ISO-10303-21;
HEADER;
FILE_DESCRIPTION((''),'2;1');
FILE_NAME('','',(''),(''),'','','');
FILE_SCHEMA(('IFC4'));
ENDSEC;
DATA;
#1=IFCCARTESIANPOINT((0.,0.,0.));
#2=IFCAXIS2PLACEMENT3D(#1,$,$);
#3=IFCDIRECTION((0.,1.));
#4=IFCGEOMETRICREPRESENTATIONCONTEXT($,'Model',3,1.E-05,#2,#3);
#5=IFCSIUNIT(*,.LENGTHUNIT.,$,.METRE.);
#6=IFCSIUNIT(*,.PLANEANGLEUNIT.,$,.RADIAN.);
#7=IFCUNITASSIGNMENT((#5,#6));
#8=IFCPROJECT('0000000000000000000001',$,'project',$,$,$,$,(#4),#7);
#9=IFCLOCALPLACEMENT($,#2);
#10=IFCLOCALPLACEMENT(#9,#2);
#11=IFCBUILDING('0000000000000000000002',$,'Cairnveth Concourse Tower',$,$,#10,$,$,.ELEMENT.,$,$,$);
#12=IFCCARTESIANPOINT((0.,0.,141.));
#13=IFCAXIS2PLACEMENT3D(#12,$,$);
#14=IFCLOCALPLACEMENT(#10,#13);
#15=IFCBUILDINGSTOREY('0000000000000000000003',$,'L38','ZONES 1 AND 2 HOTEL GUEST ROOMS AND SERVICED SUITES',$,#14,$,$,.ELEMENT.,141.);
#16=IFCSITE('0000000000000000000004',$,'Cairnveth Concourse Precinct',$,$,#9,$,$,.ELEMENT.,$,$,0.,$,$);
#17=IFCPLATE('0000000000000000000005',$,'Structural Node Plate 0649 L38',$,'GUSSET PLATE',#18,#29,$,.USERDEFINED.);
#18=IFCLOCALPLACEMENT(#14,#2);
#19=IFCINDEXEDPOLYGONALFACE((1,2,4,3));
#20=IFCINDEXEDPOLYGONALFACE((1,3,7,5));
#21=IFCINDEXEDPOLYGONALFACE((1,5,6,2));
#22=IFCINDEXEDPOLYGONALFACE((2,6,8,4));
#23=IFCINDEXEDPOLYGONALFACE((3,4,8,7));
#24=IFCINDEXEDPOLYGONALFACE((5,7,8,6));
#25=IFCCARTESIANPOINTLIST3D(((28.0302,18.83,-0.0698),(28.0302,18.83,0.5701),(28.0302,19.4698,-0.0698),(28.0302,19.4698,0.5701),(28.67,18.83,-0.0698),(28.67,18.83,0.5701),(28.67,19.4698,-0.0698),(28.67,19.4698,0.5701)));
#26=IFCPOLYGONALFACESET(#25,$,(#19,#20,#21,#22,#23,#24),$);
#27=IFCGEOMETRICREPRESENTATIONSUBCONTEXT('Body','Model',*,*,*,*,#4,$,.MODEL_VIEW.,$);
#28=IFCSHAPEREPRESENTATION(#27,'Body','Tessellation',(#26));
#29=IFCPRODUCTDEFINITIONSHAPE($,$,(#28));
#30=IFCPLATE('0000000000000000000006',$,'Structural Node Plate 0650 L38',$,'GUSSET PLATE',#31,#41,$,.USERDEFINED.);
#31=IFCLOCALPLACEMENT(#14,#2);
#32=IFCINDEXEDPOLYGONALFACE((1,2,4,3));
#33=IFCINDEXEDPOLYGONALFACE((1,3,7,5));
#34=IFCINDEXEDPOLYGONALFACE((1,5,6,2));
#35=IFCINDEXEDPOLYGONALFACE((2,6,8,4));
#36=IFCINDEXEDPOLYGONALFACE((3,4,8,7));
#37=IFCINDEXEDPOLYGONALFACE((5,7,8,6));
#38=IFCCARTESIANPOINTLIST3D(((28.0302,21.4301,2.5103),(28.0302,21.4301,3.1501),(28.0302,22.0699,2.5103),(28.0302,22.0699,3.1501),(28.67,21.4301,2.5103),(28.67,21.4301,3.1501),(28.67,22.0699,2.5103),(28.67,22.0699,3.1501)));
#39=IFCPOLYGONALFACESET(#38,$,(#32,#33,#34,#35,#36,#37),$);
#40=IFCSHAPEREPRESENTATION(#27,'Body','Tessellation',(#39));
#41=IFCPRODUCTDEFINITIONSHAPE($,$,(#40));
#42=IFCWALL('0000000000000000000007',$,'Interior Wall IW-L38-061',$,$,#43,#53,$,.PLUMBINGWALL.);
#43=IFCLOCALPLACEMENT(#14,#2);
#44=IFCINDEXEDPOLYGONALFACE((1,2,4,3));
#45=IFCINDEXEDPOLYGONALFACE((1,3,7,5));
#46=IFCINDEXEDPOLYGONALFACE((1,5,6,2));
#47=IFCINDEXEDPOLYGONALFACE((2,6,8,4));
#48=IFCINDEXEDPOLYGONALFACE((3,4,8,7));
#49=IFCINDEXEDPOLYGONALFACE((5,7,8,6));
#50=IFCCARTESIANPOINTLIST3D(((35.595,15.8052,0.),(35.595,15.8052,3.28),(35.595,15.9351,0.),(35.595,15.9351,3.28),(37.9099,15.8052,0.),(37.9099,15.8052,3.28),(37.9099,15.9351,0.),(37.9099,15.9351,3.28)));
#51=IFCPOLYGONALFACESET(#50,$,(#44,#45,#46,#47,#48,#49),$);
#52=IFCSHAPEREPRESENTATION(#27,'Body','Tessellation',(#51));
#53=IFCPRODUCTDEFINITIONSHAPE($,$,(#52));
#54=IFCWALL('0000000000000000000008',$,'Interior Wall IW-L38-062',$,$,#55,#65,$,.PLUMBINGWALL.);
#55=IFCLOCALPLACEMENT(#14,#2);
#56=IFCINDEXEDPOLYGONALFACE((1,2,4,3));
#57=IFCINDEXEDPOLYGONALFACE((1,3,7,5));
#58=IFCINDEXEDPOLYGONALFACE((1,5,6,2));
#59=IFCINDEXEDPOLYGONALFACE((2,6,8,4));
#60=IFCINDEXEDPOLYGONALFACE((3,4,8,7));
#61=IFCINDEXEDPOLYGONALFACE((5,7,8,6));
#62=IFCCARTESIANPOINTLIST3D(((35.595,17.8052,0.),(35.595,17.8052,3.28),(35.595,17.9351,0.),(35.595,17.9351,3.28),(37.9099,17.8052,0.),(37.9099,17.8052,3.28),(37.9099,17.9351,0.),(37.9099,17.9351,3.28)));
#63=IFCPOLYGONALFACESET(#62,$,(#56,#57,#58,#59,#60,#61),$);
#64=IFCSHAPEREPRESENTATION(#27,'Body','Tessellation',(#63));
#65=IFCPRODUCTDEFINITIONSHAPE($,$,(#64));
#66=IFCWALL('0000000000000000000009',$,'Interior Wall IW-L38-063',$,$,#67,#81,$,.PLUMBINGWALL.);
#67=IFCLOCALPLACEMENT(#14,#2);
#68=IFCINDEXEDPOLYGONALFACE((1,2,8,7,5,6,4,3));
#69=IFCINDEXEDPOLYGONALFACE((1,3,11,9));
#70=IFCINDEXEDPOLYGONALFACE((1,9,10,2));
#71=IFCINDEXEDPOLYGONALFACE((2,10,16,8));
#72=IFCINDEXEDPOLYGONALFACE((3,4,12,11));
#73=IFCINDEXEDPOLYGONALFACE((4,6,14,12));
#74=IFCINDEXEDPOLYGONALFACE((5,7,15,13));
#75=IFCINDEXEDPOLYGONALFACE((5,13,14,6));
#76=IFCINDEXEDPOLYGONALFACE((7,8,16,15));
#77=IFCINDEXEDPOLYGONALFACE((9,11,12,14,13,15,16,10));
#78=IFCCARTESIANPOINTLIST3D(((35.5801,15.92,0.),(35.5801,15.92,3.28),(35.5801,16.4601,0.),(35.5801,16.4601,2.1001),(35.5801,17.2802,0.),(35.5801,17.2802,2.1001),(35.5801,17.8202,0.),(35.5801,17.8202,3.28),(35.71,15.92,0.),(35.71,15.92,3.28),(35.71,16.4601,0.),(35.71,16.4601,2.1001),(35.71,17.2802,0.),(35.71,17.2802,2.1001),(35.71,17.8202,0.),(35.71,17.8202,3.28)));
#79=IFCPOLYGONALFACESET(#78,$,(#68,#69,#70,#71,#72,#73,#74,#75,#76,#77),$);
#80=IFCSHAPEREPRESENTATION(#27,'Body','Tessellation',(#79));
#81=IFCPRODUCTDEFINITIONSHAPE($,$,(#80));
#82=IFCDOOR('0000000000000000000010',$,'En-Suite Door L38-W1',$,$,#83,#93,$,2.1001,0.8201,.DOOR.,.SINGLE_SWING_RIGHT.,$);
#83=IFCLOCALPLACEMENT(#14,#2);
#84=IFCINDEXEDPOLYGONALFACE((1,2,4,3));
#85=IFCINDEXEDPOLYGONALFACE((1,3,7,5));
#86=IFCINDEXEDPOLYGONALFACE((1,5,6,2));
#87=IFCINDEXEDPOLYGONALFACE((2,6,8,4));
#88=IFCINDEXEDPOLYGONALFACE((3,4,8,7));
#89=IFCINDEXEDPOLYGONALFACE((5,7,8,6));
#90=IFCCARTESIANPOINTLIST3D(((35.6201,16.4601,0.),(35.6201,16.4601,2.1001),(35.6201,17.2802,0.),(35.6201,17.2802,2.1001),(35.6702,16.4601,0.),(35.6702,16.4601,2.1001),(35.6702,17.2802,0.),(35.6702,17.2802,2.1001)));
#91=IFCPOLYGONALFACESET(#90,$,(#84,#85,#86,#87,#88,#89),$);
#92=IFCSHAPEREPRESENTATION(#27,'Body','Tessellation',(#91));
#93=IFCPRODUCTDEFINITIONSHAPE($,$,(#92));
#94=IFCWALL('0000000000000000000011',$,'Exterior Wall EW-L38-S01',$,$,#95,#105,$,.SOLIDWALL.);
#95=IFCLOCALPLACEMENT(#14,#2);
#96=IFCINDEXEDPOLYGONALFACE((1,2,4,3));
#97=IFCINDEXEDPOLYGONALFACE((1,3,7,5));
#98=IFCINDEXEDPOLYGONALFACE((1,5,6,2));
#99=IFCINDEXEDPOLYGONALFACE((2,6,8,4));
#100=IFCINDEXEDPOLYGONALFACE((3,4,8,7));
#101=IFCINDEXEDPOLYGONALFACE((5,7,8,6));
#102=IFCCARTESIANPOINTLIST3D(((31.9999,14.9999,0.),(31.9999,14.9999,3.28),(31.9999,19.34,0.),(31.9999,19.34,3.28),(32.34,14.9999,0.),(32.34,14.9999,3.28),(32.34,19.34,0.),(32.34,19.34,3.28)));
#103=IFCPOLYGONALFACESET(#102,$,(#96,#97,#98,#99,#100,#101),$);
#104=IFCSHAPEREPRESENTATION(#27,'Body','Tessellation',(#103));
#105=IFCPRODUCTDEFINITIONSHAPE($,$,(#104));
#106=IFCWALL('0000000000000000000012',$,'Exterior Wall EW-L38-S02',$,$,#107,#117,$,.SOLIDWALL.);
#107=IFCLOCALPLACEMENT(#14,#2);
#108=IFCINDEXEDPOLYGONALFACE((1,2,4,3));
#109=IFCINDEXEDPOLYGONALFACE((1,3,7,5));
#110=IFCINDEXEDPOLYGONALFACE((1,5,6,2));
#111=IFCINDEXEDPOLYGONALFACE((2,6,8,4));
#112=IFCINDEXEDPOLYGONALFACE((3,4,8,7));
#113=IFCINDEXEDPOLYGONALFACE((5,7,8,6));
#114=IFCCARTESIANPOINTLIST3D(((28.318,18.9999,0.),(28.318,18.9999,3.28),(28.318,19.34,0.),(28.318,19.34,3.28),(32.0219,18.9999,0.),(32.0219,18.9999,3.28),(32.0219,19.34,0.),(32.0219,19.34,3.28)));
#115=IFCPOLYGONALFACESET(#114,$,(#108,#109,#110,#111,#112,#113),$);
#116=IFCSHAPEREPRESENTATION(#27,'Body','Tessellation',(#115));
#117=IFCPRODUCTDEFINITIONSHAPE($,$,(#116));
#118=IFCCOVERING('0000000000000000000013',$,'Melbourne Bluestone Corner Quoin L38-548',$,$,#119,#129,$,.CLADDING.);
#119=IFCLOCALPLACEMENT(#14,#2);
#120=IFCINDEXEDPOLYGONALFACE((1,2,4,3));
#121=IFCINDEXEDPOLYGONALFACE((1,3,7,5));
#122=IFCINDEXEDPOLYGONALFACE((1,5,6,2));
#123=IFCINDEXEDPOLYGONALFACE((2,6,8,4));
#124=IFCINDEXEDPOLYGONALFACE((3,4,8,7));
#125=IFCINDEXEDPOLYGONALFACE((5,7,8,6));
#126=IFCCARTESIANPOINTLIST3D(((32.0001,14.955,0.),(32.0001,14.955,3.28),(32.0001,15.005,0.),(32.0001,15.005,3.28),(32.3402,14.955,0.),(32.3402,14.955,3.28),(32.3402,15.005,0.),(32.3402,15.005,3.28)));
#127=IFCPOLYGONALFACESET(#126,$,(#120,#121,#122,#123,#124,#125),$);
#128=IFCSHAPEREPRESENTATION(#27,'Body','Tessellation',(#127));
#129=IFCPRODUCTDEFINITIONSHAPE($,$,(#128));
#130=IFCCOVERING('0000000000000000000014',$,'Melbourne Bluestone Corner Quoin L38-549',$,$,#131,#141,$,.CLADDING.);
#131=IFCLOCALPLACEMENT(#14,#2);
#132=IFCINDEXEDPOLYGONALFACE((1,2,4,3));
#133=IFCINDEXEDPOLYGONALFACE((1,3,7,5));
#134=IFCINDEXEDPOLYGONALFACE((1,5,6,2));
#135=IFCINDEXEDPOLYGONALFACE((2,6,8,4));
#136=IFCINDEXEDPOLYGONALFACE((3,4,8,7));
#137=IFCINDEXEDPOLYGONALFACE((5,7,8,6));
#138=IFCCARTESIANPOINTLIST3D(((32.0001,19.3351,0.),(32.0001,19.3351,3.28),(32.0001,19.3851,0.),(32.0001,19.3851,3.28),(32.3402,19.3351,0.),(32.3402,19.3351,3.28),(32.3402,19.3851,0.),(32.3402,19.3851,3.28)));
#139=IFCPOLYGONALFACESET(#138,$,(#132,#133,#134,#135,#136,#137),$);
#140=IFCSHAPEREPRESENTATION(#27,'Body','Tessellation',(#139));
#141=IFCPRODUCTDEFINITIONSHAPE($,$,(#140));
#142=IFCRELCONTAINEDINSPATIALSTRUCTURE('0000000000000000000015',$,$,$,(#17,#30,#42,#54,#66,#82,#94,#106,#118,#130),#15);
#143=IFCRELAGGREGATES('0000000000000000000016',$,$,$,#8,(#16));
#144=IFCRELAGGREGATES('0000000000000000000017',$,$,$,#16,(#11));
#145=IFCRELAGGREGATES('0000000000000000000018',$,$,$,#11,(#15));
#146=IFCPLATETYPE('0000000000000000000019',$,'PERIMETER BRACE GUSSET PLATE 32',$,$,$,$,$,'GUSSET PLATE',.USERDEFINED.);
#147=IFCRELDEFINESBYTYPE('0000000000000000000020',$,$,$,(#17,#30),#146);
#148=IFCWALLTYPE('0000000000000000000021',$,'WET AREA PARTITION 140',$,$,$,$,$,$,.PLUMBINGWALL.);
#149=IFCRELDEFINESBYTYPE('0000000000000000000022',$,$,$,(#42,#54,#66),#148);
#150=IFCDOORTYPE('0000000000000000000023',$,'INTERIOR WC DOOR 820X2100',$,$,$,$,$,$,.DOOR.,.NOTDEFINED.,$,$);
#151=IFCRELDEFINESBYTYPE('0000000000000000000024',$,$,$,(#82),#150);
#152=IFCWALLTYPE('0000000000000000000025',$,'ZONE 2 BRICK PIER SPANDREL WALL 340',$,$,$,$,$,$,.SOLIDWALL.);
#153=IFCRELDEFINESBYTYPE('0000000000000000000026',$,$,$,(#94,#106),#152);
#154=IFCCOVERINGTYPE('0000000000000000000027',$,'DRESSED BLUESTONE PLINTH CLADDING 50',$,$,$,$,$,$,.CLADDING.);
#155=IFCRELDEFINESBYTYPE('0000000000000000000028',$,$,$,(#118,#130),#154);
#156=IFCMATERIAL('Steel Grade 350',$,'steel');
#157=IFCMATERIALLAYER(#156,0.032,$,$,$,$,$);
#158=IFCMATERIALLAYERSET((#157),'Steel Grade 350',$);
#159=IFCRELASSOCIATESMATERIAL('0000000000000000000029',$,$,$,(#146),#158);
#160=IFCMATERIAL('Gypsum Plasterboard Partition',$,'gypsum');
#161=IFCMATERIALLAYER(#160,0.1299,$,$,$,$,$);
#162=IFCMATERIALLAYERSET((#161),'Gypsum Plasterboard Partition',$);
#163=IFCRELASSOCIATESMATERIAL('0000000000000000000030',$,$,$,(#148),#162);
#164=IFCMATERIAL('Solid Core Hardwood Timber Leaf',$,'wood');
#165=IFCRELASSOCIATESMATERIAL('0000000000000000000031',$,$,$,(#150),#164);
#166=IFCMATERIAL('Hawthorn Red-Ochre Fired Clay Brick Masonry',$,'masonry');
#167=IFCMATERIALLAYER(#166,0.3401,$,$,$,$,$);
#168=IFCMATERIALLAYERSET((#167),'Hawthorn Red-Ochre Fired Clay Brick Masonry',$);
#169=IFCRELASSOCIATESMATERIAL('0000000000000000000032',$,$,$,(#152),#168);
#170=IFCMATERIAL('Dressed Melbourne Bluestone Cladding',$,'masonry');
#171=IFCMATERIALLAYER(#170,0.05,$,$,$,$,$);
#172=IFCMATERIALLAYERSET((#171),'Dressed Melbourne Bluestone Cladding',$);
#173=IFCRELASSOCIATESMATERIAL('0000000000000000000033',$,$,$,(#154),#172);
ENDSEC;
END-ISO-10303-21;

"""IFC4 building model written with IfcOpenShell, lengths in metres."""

from ifc_helpers import new_model, si_unit, direction, frame, frame_2d, origin, origin_2d, place, context, subcontext, project, spatial, rectangle, extrude, material, layer, layer_set, type_object, element, fill, save


model = new_model("IFC4")

# Units and contexts
model_context = context("Model", 3, precision=1e-05, world=origin(), true_north=direction((0.0, 1.0)))
body_context = subcontext(model_context, "Body", "Model", "MODEL_VIEW")
ifc_project = project(units=[si_unit("LENGTHUNIT", "METRE"), si_unit("PLANEANGLEUNIT", "RADIAN")], contexts=[model_context])

# Site, building, storey
site_placement = place(None, origin())
site = spatial("IfcSite", under=ifc_project, at=site_placement, Name="Cairnveth Concourse Precinct", CompositionType="ELEMENT", RefElevation=0.0)
building_placement = place(site_placement, origin())
building = spatial("IfcBuilding", under=site, at=building_placement, Name="Cairnveth Concourse Tower", CompositionType="ELEMENT")
storey_placement = place(building_placement, frame((0.0, 0.0, 141.0)))
storey = spatial("IfcBuildingStorey", under=building, at=storey_placement, Name="L38", Description="ZONES 1 AND 2 HOTEL GUEST ROOMS AND SERVICED SUITES", CompositionType="ELEMENT", Elevation=141.0)

# Shared definitions
ifc_material_1 = material(Name="Steel Grade 350", Category="steel")

# Plates
ifc_layer_1 = layer(ifc_material_1, 0.032)
ifc_layer_set_1 = layer_set([ifc_layer_1], Name="Steel Grade 350")
plate_type = type_object("IfcPlateType", Name="PERIMETER BRACE GUSSET PLATE 32", ElementType="GUSSET PLATE", PredefinedType="USERDEFINED", material=ifc_layer_set_1)
for number, where, z_axis, x_axis, name in (
    (1, (28.3501, 19.1499, -0.0698), (0.0, 0.0, 1.0), (1.0, 0.0, 0.0), "Structural Node Plate 0649 L38"),
    (2, (28.3501, 21.75, 2.5103), (0.0, 0.0, 1.0), (1.0, 0.0, 0.0), "Structural Node Plate 0650 L38"),
):
    element("IfcPlate", number, at=place(storey_placement, frame(where, z_axis=z_axis, x_axis=x_axis)), inside=storey, type_object=plate_type, Name=name, ObjectType="GUSSET PLATE", PredefinedType="USERDEFINED", context=body_context, shape_type="SweptSolid", body=[
        extrude(rectangle(XDim=0.6399, YDim=0.6399, at=origin_2d()), origin(), (0.0, 0.0, 1.0), 0.6399),
    ])

# Walls
ifc_material_2 = material(Name="Gypsum Plasterboard Partition", Category="gypsum")
ifc_layer_2 = layer(ifc_material_2, 0.1299)
ifc_layer_set_2 = layer_set([ifc_layer_2], Name="Gypsum Plasterboard Partition")
wall_type_1 = type_object("IfcWallType", Name="WET AREA PARTITION 140", PredefinedType="PLUMBINGWALL", material=ifc_layer_set_2)
for number, where, z_axis, x_axis, name in (
    (3, (35.595, 15.8701, 0.0), (0.0, 0.0, 1.0), (1.0, 0.0, 0.0), "Interior Wall IW-L38-061"),
    (4, (35.595, 17.8701, 0.0), (0.0, 0.0, 1.0), (1.0, 0.0, 0.0), "Interior Wall IW-L38-062"),
):
    element("IfcWall", number, at=place(storey_placement, frame(where, z_axis=z_axis, x_axis=x_axis)), inside=storey, type_object=wall_type_1, Name=name, PredefinedType="PLUMBINGWALL", context=body_context, shape_type="SweptSolid", body=[
        extrude(rectangle(XDim=2.3149, YDim=0.1299, at=frame_2d((1.1575, 0.0))), origin(), (0.0, 0.0, 1.0), 3.28),
    ])

# Wall, opening, door
wall_1_placement = place(storey_placement, frame((35.645, 15.9199, 0.0), z_axis=(0.0, 0.0, 1.0), x_axis=(0.0, 1.0, 0.0)))
wall_1 = element("IfcWall", 5, at=wall_1_placement, inside=storey, type_object=wall_type_1, Name="Interior Wall IW-L38-063", PredefinedType="PLUMBINGWALL", context=body_context, shape_type="SweptSolid", body=[
    extrude(rectangle(XDim=1.9001, YDim=0.1299, at=frame_2d((0.9502, 0.0))), origin(), (0.0, 0.0, 1.0), 3.28),
])
opening_placement = place(wall_1_placement, frame((0.54, 0.0, 0.0)))
opening = element("IfcOpeningElement", 6, at=opening_placement, cuts=wall_1, PredefinedType="OPENING", context=body_context, shape_type="SweptSolid", body=[
    extrude(rectangle(XDim=0.8201, YDim=2.1001, at=frame_2d((0.4102, 1.05))), frame((0.0, 0.075, 0.0), z_axis=(0.0, -1.0, 0.0), x_axis=(1.0, 0.0, 0.0)), (0.0, 0.0, 1.0), 0.1499),
])
ifc_material_3 = material(Name="Solid Core Hardwood Timber Leaf", Category="wood")
door_type = type_object("IfcDoorType", Name="INTERIOR WC DOOR 820X2100", OperationType="NOTDEFINED", PredefinedType="DOOR", material=ifc_material_3)
door_placement = place(opening_placement, origin())
door = element("IfcDoor", 7, at=door_placement, inside=storey, type_object=door_type, Name="En-Suite Door L38-W1", OperationType="SINGLE_SWING_RIGHT", OverallHeight=2.1001, OverallWidth=0.8201, PredefinedType="DOOR", context=body_context, shape_type="SweptSolid", body=[
    extrude(rectangle(XDim=0.8201, YDim=2.1001, at=frame_2d((0.4102, 1.05))), frame((0.0, 0.0249, 0.0), z_axis=(0.0, -1.0, 0.0), x_axis=(1.0, 0.0, 0.0)), (0.0, 0.0, 1.0), 0.05),
])
fill(opening, door)

# Walls
ifc_material_4 = material(Name="Hawthorn Red-Ochre Fired Clay Brick Masonry", Category="masonry")
ifc_layer_3 = layer(ifc_material_4, 0.3401)
ifc_layer_set_3 = layer_set([ifc_layer_3], Name="Hawthorn Red-Ochre Fired Clay Brick Masonry")
wall_type_2 = type_object("IfcWallType", Name="ZONE 2 BRICK PIER SPANDREL WALL 340", PredefinedType="SOLIDWALL", material=ifc_layer_set_3)
wall_2_placement = place(storey_placement, frame((32.1699, 15.0, 0.0), z_axis=(0.0, 0.0, 1.0), x_axis=(0.0, 1.0, 0.0)))
element("IfcWall", 8, at=wall_2_placement, inside=storey, type_object=wall_type_2, Name="Exterior Wall EW-L38-S01", PredefinedType="SOLIDWALL", context=body_context, shape_type="SweptSolid", body=[
    extrude(rectangle(XDim=4.3401, YDim=0.3401, at=frame_2d((2.1699, 0.0))), origin(), (0.0, 0.0, 1.0), 3.28),
])
wall_3_placement = place(storey_placement, frame((32.022, 19.1699, 0.0), z_axis=(0.0, 0.0, 1.0), x_axis=(-1.0, 0.0, 0.0)))
element("IfcWall", 9, at=wall_3_placement, inside=storey, type_object=wall_type_2, Name="Exterior Wall EW-L38-S02", PredefinedType="SOLIDWALL", context=body_context, shape_type="SweptSolid", body=[
    extrude(rectangle(XDim=3.7039, YDim=0.3401, at=frame_2d((1.8521, 0.0))), origin(), (0.0, 0.0, 1.0), 3.28),
])

# Coverings
ifc_material_5 = material(Name="Dressed Melbourne Bluestone Cladding", Category="masonry")
ifc_layer_4 = layer(ifc_material_5, 0.05)
ifc_layer_set_4 = layer_set([ifc_layer_4], Name="Dressed Melbourne Bluestone Cladding")
covering_type = type_object("IfcCoveringType", Name="DRESSED BLUESTONE PLINTH CLADDING 50", PredefinedType="CLADDING", material=ifc_layer_set_4)
for number, where, z_axis, x_axis, name in (
    (10, (32.3401, 14.98, 0.0), (0.0, 0.0, 1.0), (-1.0, 0.0, 0.0), "Melbourne Bluestone Corner Quoin L38-548"),
    (11, (32.3401, 19.3601, 0.0), (0.0, 0.0, 1.0), (-1.0, 0.0, 0.0), "Melbourne Bluestone Corner Quoin L38-549"),
):
    element("IfcCovering", number, at=place(storey_placement, frame(where, z_axis=z_axis, x_axis=x_axis)), inside=storey, type_object=covering_type, Name=name, PredefinedType="CLADDING", context=body_context, shape_type="SweptSolid", body=[
        extrude(rectangle(XDim=0.3401, YDim=0.05, at=frame_2d((0.1699, 0.0))), origin(), (0.0, 0.0, 1.0), 3.28),
    ])

save(model, "model.ifc")
